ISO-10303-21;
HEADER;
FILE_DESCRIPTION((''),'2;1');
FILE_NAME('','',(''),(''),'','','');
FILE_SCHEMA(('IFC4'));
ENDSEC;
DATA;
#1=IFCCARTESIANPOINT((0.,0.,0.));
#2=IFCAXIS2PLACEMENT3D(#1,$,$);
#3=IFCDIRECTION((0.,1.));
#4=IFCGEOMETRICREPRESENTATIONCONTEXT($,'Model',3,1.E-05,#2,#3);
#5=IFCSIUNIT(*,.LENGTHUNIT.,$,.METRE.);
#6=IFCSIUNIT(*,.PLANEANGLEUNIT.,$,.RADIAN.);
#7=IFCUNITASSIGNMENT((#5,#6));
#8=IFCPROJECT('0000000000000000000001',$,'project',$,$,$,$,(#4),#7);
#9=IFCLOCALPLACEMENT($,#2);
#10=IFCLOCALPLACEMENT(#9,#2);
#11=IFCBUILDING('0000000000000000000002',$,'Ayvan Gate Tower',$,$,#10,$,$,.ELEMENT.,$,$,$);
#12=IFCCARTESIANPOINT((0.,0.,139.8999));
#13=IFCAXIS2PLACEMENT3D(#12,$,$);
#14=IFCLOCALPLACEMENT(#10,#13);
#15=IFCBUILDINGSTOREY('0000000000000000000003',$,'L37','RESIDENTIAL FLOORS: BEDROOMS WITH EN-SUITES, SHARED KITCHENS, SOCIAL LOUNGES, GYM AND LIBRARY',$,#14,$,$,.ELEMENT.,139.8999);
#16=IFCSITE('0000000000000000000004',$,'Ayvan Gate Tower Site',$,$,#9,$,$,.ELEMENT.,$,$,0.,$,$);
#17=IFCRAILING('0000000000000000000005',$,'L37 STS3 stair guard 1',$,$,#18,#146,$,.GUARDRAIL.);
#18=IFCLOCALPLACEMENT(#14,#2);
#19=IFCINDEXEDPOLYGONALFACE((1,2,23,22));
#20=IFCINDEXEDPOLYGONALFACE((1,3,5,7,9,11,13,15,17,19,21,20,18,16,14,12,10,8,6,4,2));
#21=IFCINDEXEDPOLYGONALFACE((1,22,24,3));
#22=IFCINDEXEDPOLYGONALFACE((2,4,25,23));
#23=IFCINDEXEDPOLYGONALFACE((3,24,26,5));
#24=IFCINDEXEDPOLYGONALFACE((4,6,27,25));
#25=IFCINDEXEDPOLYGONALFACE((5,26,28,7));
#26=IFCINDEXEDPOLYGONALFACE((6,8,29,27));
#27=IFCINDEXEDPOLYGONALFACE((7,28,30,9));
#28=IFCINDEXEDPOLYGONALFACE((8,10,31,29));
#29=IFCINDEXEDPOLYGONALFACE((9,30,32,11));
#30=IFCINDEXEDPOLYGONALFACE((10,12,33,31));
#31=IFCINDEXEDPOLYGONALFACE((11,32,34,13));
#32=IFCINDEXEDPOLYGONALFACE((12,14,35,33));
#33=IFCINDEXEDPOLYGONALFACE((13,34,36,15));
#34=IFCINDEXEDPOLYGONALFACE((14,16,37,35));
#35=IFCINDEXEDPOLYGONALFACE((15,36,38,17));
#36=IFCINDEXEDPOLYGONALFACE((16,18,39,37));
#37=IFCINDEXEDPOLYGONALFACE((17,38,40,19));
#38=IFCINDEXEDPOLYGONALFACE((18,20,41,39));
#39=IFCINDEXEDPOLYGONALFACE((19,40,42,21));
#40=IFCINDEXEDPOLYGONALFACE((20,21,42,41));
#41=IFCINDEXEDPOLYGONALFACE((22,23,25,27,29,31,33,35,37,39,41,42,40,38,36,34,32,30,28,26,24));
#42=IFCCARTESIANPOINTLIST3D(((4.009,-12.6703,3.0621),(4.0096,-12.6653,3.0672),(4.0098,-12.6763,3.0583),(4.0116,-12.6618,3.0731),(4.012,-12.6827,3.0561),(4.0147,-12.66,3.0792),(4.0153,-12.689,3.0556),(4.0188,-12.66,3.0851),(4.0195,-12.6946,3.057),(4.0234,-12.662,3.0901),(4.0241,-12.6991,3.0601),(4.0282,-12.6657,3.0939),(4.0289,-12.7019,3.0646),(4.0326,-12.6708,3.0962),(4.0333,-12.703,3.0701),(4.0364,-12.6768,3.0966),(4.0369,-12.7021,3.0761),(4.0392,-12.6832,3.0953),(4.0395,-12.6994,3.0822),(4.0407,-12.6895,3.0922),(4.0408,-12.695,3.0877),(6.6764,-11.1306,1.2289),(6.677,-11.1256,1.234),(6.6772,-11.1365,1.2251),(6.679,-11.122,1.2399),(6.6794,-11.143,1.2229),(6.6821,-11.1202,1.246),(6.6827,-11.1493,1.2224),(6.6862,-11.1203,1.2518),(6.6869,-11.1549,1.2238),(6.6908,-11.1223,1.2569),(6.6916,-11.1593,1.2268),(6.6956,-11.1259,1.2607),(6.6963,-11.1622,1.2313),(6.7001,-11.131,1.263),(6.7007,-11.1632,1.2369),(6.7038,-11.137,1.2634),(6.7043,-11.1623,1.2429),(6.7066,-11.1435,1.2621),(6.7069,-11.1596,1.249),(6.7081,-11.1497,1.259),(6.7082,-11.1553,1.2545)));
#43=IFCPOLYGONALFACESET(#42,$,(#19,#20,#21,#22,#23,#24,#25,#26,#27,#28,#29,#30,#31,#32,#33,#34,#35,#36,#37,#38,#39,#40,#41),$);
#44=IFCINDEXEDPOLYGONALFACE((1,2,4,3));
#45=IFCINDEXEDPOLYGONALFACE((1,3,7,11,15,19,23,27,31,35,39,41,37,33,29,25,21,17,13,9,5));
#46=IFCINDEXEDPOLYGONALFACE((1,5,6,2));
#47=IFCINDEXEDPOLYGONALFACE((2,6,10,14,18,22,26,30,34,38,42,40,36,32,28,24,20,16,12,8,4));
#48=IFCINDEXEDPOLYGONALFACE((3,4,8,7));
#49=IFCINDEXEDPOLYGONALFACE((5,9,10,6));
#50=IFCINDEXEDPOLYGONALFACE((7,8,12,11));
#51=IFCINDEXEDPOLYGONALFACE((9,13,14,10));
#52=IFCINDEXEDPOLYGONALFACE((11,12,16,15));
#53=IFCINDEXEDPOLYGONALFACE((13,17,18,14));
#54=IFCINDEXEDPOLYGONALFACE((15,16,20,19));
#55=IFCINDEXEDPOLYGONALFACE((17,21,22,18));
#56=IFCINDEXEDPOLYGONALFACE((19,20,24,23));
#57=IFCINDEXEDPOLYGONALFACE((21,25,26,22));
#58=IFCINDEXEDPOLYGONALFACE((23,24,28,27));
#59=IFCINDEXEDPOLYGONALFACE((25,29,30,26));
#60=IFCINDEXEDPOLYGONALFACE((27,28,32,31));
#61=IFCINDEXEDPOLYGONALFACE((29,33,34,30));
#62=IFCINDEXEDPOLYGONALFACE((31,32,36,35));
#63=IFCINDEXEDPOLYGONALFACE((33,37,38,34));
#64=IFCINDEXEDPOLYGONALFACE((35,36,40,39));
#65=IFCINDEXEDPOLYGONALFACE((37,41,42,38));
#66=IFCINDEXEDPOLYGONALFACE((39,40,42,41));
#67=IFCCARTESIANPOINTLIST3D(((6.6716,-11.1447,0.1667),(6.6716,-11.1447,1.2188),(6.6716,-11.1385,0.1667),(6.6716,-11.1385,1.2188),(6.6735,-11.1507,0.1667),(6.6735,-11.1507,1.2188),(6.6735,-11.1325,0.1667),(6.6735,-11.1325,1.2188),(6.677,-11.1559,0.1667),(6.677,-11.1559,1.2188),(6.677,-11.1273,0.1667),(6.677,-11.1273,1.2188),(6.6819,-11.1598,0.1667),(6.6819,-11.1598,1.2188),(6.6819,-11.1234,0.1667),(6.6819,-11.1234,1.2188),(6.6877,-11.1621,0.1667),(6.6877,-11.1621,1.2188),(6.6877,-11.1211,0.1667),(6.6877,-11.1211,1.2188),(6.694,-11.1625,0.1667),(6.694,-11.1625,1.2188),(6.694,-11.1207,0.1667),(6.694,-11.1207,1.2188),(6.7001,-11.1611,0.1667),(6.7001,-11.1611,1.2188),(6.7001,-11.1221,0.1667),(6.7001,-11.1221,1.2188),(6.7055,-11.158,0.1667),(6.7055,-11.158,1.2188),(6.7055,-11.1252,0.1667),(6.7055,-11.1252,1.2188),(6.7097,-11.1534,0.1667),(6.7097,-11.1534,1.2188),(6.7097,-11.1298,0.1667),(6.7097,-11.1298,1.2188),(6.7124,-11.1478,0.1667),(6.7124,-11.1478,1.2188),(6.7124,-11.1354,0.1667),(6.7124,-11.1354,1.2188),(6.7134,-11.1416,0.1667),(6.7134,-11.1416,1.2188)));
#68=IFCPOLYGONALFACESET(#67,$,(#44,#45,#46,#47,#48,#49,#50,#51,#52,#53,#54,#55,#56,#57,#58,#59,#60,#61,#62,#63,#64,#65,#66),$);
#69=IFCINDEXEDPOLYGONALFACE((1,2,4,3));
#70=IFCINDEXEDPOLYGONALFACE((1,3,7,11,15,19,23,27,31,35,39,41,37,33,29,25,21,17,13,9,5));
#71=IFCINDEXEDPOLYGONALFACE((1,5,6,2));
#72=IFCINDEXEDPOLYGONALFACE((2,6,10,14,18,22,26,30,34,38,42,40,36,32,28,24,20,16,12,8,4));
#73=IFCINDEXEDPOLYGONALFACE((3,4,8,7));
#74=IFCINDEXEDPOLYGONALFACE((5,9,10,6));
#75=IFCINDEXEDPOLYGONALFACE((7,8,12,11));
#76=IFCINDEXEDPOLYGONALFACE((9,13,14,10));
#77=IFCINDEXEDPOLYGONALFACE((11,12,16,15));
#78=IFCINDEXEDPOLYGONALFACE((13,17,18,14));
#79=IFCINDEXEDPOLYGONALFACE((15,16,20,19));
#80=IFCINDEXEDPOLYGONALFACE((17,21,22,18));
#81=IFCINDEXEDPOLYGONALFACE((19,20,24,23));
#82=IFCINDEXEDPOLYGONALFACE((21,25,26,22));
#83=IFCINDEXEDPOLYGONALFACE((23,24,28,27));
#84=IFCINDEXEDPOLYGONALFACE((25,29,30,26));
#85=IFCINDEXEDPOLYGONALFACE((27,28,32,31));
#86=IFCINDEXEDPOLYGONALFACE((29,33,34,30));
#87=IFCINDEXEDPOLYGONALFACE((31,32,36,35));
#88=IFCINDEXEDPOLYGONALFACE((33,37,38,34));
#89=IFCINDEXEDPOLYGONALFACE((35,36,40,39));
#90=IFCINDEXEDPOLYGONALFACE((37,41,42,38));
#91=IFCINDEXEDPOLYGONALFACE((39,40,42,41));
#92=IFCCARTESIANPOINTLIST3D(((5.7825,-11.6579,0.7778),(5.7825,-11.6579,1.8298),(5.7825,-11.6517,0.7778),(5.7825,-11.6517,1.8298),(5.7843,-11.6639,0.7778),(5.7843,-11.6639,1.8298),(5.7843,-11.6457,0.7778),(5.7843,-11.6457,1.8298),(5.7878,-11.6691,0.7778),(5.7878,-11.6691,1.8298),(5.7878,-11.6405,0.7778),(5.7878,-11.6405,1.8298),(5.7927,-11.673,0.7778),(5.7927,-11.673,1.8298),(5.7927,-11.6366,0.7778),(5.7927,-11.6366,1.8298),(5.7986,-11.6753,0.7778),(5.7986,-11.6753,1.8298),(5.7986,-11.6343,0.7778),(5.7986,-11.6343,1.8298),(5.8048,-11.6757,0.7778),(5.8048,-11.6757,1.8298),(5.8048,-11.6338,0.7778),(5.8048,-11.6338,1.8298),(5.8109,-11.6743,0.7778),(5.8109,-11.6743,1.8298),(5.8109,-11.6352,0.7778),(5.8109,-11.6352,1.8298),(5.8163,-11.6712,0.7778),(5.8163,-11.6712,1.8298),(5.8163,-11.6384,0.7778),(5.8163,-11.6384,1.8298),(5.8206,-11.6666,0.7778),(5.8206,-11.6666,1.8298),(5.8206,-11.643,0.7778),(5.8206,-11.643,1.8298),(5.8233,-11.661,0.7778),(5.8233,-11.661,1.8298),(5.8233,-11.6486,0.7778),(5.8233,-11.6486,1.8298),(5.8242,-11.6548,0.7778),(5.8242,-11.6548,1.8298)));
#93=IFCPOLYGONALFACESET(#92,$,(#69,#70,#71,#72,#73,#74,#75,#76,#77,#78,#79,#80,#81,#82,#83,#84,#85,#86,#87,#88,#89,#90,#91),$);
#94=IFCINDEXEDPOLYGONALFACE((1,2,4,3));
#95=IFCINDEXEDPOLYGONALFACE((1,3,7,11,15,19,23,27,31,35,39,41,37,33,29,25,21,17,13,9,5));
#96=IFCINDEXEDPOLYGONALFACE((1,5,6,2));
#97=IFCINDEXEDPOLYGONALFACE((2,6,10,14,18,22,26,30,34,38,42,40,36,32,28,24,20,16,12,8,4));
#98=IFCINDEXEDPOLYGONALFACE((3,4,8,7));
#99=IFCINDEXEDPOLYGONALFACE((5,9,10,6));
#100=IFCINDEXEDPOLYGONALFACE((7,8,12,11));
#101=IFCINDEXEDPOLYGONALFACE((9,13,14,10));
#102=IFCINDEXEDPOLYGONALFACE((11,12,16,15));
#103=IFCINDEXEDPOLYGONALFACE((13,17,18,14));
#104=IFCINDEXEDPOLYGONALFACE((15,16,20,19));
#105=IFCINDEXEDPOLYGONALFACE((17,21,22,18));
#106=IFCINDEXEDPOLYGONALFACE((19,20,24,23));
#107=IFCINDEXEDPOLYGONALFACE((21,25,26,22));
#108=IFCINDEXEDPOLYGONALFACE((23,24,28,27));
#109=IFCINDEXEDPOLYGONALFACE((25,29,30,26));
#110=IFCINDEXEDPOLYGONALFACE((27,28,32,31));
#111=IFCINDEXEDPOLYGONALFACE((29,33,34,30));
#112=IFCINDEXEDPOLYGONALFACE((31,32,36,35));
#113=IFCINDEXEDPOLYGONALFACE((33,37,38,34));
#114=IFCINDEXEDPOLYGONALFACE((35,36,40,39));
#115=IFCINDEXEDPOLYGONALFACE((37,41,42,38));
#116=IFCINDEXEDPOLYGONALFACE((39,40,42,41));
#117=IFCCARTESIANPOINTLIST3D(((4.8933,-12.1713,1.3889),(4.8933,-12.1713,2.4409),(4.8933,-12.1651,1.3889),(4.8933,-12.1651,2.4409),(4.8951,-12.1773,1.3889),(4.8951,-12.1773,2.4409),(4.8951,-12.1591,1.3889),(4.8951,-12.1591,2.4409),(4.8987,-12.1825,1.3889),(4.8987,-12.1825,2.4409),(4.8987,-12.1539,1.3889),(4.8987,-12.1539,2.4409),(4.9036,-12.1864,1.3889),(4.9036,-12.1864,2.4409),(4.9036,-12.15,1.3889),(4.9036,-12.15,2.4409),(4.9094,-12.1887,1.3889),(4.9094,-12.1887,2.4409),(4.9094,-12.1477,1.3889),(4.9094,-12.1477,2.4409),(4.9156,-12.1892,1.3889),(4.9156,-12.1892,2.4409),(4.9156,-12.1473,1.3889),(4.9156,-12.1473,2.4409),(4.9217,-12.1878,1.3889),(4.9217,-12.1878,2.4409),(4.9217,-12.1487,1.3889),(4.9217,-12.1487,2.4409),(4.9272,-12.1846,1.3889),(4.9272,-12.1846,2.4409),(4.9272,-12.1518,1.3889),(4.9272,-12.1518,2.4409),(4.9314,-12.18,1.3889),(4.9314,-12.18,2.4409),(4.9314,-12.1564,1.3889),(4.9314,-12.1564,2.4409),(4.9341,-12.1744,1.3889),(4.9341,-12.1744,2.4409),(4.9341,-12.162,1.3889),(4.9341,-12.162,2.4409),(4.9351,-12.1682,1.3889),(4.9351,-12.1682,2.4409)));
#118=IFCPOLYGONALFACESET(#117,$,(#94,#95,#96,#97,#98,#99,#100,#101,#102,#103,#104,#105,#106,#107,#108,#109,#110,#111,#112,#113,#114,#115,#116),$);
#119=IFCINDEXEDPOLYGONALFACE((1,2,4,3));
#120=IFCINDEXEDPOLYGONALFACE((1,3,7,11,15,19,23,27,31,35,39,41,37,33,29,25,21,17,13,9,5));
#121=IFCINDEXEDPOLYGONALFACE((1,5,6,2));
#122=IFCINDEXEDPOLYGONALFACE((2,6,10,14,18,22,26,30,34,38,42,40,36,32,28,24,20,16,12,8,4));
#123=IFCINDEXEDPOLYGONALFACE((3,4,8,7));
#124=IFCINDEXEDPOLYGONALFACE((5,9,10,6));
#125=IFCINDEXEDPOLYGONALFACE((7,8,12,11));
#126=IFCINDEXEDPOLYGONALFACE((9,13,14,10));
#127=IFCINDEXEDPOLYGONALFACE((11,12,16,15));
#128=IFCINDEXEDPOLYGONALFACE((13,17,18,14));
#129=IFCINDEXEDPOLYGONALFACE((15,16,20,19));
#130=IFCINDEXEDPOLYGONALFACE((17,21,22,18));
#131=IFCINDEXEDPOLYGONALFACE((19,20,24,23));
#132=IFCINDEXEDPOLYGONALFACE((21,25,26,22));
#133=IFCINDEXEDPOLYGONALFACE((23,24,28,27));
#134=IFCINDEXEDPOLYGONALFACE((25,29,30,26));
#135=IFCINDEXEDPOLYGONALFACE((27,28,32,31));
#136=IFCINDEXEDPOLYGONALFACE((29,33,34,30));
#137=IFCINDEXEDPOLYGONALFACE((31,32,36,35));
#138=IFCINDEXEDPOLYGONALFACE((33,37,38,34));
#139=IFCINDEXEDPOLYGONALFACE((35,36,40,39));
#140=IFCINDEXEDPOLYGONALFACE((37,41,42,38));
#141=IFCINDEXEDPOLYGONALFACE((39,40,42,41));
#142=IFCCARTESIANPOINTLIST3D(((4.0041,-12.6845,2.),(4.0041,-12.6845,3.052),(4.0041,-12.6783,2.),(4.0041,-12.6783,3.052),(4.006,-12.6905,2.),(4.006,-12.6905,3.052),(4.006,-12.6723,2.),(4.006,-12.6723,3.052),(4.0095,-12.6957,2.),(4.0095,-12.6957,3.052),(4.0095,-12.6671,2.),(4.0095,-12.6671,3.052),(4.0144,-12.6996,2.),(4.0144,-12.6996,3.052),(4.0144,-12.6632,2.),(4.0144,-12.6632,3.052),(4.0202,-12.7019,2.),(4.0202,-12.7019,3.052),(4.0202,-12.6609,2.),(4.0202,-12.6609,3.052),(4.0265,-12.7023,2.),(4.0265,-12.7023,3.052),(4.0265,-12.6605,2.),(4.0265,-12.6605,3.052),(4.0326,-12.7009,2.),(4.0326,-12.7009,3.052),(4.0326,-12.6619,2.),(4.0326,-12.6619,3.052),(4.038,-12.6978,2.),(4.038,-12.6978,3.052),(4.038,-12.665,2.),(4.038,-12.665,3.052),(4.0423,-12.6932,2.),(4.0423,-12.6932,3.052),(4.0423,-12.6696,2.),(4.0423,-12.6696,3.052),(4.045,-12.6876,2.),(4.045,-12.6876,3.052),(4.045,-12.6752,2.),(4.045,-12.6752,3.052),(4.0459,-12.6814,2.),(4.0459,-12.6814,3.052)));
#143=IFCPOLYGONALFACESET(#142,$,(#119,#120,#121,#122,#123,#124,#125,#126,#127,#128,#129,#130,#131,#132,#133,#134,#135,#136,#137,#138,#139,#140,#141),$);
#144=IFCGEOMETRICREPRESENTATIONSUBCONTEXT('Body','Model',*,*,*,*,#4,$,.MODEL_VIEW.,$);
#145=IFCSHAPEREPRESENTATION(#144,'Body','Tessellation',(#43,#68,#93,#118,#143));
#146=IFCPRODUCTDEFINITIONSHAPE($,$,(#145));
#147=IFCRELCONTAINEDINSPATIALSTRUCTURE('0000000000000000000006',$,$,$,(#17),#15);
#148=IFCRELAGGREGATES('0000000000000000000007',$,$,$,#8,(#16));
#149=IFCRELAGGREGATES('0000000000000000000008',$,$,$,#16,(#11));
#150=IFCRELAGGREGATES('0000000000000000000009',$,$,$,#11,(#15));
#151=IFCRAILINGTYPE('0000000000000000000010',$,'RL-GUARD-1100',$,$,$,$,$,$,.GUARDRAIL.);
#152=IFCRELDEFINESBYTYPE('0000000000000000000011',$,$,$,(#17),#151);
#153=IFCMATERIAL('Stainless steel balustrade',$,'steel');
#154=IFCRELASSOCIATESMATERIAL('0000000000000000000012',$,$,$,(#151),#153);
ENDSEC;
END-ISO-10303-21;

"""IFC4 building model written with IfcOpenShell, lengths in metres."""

from ifc_helpers import new_model, si_unit, direction, frame, origin, origin_2d, place, context, subcontext, project, spatial, circle, extrude, material, type_object, element, save


model = new_model("IFC4")

# Units and contexts
model_context = context("Model", 3, precision=1e-05, world=origin(), true_north=direction((0.0, 1.0)))
body_context = subcontext(model_context, "Body", "Model", "MODEL_VIEW")
ifc_project = project(units=[si_unit("LENGTHUNIT", "METRE"), si_unit("PLANEANGLEUNIT", "RADIAN")], contexts=[model_context])

# Site, building, storey
site_placement = place(None, origin())
site = spatial("IfcSite", under=ifc_project, at=site_placement, Name="Ayvan Gate Tower Site", CompositionType="ELEMENT", RefElevation=0.0)
building_placement = place(site_placement, origin())
building = spatial("IfcBuilding", under=site, at=building_placement, Name="Ayvan Gate Tower", CompositionType="ELEMENT")
storey_placement = place(building_placement, frame((0.0, 0.0, 139.8999)))
storey = spatial("IfcBuildingStorey", under=building, at=storey_placement, Name="L37", Description="RESIDENTIAL FLOORS: BEDROOMS WITH EN-SUITES, SHARED KITCHENS, SOCIAL LOUNGES, GYM AND LIBRARY", CompositionType="ELEMENT", Elevation=139.8999)

# Railing
ifc_material_1 = material(Name="Stainless steel balustrade", Category="steel")
railing_type_1 = type_object("IfcRailingType", Name="RL-GUARD-1100", PredefinedType="GUARDRAIL", material=ifc_material_1)
railing_1_placement = place(storey_placement, frame((6.6924, -11.1416, 0.1667)))
element("IfcRailing", 1, at=railing_1_placement, inside=storey, type_object=railing_type_1, Name="L37 STS3 stair guard 1", PredefinedType="GUARDRAIL", context=body_context, shape_type="SweptSolid", body=[
    extrude(circle(Radius=0.0239, at=origin_2d()), frame((0.0, 0.0, 1.0762), z_axis=(-0.744212, -0.429594, 0.511467), x_axis=(0.499933, -0.866064, 0.0)), (0.0, 0.0, 1.0), 3.5842),
    extrude(circle(Radius=0.021, at=origin_2d()), origin(), (0.0, 0.0, 1.0), 1.052),
    extrude(circle(Radius=0.021, at=origin_2d()), frame((-0.8892, -0.5132, 0.6111)), (0.0, 0.0, 1.0), 1.052),
    extrude(circle(Radius=0.021, at=origin_2d()), frame((-1.7783, -1.0266, 1.2222)), (0.0, 0.0, 1.0), 1.052),
    extrude(circle(Radius=0.021, at=origin_2d()), frame((-2.6675, -1.5398, 1.8333)), (0.0, 0.0, 1.0), 1.052),
])

save(model, "model.ifc")
